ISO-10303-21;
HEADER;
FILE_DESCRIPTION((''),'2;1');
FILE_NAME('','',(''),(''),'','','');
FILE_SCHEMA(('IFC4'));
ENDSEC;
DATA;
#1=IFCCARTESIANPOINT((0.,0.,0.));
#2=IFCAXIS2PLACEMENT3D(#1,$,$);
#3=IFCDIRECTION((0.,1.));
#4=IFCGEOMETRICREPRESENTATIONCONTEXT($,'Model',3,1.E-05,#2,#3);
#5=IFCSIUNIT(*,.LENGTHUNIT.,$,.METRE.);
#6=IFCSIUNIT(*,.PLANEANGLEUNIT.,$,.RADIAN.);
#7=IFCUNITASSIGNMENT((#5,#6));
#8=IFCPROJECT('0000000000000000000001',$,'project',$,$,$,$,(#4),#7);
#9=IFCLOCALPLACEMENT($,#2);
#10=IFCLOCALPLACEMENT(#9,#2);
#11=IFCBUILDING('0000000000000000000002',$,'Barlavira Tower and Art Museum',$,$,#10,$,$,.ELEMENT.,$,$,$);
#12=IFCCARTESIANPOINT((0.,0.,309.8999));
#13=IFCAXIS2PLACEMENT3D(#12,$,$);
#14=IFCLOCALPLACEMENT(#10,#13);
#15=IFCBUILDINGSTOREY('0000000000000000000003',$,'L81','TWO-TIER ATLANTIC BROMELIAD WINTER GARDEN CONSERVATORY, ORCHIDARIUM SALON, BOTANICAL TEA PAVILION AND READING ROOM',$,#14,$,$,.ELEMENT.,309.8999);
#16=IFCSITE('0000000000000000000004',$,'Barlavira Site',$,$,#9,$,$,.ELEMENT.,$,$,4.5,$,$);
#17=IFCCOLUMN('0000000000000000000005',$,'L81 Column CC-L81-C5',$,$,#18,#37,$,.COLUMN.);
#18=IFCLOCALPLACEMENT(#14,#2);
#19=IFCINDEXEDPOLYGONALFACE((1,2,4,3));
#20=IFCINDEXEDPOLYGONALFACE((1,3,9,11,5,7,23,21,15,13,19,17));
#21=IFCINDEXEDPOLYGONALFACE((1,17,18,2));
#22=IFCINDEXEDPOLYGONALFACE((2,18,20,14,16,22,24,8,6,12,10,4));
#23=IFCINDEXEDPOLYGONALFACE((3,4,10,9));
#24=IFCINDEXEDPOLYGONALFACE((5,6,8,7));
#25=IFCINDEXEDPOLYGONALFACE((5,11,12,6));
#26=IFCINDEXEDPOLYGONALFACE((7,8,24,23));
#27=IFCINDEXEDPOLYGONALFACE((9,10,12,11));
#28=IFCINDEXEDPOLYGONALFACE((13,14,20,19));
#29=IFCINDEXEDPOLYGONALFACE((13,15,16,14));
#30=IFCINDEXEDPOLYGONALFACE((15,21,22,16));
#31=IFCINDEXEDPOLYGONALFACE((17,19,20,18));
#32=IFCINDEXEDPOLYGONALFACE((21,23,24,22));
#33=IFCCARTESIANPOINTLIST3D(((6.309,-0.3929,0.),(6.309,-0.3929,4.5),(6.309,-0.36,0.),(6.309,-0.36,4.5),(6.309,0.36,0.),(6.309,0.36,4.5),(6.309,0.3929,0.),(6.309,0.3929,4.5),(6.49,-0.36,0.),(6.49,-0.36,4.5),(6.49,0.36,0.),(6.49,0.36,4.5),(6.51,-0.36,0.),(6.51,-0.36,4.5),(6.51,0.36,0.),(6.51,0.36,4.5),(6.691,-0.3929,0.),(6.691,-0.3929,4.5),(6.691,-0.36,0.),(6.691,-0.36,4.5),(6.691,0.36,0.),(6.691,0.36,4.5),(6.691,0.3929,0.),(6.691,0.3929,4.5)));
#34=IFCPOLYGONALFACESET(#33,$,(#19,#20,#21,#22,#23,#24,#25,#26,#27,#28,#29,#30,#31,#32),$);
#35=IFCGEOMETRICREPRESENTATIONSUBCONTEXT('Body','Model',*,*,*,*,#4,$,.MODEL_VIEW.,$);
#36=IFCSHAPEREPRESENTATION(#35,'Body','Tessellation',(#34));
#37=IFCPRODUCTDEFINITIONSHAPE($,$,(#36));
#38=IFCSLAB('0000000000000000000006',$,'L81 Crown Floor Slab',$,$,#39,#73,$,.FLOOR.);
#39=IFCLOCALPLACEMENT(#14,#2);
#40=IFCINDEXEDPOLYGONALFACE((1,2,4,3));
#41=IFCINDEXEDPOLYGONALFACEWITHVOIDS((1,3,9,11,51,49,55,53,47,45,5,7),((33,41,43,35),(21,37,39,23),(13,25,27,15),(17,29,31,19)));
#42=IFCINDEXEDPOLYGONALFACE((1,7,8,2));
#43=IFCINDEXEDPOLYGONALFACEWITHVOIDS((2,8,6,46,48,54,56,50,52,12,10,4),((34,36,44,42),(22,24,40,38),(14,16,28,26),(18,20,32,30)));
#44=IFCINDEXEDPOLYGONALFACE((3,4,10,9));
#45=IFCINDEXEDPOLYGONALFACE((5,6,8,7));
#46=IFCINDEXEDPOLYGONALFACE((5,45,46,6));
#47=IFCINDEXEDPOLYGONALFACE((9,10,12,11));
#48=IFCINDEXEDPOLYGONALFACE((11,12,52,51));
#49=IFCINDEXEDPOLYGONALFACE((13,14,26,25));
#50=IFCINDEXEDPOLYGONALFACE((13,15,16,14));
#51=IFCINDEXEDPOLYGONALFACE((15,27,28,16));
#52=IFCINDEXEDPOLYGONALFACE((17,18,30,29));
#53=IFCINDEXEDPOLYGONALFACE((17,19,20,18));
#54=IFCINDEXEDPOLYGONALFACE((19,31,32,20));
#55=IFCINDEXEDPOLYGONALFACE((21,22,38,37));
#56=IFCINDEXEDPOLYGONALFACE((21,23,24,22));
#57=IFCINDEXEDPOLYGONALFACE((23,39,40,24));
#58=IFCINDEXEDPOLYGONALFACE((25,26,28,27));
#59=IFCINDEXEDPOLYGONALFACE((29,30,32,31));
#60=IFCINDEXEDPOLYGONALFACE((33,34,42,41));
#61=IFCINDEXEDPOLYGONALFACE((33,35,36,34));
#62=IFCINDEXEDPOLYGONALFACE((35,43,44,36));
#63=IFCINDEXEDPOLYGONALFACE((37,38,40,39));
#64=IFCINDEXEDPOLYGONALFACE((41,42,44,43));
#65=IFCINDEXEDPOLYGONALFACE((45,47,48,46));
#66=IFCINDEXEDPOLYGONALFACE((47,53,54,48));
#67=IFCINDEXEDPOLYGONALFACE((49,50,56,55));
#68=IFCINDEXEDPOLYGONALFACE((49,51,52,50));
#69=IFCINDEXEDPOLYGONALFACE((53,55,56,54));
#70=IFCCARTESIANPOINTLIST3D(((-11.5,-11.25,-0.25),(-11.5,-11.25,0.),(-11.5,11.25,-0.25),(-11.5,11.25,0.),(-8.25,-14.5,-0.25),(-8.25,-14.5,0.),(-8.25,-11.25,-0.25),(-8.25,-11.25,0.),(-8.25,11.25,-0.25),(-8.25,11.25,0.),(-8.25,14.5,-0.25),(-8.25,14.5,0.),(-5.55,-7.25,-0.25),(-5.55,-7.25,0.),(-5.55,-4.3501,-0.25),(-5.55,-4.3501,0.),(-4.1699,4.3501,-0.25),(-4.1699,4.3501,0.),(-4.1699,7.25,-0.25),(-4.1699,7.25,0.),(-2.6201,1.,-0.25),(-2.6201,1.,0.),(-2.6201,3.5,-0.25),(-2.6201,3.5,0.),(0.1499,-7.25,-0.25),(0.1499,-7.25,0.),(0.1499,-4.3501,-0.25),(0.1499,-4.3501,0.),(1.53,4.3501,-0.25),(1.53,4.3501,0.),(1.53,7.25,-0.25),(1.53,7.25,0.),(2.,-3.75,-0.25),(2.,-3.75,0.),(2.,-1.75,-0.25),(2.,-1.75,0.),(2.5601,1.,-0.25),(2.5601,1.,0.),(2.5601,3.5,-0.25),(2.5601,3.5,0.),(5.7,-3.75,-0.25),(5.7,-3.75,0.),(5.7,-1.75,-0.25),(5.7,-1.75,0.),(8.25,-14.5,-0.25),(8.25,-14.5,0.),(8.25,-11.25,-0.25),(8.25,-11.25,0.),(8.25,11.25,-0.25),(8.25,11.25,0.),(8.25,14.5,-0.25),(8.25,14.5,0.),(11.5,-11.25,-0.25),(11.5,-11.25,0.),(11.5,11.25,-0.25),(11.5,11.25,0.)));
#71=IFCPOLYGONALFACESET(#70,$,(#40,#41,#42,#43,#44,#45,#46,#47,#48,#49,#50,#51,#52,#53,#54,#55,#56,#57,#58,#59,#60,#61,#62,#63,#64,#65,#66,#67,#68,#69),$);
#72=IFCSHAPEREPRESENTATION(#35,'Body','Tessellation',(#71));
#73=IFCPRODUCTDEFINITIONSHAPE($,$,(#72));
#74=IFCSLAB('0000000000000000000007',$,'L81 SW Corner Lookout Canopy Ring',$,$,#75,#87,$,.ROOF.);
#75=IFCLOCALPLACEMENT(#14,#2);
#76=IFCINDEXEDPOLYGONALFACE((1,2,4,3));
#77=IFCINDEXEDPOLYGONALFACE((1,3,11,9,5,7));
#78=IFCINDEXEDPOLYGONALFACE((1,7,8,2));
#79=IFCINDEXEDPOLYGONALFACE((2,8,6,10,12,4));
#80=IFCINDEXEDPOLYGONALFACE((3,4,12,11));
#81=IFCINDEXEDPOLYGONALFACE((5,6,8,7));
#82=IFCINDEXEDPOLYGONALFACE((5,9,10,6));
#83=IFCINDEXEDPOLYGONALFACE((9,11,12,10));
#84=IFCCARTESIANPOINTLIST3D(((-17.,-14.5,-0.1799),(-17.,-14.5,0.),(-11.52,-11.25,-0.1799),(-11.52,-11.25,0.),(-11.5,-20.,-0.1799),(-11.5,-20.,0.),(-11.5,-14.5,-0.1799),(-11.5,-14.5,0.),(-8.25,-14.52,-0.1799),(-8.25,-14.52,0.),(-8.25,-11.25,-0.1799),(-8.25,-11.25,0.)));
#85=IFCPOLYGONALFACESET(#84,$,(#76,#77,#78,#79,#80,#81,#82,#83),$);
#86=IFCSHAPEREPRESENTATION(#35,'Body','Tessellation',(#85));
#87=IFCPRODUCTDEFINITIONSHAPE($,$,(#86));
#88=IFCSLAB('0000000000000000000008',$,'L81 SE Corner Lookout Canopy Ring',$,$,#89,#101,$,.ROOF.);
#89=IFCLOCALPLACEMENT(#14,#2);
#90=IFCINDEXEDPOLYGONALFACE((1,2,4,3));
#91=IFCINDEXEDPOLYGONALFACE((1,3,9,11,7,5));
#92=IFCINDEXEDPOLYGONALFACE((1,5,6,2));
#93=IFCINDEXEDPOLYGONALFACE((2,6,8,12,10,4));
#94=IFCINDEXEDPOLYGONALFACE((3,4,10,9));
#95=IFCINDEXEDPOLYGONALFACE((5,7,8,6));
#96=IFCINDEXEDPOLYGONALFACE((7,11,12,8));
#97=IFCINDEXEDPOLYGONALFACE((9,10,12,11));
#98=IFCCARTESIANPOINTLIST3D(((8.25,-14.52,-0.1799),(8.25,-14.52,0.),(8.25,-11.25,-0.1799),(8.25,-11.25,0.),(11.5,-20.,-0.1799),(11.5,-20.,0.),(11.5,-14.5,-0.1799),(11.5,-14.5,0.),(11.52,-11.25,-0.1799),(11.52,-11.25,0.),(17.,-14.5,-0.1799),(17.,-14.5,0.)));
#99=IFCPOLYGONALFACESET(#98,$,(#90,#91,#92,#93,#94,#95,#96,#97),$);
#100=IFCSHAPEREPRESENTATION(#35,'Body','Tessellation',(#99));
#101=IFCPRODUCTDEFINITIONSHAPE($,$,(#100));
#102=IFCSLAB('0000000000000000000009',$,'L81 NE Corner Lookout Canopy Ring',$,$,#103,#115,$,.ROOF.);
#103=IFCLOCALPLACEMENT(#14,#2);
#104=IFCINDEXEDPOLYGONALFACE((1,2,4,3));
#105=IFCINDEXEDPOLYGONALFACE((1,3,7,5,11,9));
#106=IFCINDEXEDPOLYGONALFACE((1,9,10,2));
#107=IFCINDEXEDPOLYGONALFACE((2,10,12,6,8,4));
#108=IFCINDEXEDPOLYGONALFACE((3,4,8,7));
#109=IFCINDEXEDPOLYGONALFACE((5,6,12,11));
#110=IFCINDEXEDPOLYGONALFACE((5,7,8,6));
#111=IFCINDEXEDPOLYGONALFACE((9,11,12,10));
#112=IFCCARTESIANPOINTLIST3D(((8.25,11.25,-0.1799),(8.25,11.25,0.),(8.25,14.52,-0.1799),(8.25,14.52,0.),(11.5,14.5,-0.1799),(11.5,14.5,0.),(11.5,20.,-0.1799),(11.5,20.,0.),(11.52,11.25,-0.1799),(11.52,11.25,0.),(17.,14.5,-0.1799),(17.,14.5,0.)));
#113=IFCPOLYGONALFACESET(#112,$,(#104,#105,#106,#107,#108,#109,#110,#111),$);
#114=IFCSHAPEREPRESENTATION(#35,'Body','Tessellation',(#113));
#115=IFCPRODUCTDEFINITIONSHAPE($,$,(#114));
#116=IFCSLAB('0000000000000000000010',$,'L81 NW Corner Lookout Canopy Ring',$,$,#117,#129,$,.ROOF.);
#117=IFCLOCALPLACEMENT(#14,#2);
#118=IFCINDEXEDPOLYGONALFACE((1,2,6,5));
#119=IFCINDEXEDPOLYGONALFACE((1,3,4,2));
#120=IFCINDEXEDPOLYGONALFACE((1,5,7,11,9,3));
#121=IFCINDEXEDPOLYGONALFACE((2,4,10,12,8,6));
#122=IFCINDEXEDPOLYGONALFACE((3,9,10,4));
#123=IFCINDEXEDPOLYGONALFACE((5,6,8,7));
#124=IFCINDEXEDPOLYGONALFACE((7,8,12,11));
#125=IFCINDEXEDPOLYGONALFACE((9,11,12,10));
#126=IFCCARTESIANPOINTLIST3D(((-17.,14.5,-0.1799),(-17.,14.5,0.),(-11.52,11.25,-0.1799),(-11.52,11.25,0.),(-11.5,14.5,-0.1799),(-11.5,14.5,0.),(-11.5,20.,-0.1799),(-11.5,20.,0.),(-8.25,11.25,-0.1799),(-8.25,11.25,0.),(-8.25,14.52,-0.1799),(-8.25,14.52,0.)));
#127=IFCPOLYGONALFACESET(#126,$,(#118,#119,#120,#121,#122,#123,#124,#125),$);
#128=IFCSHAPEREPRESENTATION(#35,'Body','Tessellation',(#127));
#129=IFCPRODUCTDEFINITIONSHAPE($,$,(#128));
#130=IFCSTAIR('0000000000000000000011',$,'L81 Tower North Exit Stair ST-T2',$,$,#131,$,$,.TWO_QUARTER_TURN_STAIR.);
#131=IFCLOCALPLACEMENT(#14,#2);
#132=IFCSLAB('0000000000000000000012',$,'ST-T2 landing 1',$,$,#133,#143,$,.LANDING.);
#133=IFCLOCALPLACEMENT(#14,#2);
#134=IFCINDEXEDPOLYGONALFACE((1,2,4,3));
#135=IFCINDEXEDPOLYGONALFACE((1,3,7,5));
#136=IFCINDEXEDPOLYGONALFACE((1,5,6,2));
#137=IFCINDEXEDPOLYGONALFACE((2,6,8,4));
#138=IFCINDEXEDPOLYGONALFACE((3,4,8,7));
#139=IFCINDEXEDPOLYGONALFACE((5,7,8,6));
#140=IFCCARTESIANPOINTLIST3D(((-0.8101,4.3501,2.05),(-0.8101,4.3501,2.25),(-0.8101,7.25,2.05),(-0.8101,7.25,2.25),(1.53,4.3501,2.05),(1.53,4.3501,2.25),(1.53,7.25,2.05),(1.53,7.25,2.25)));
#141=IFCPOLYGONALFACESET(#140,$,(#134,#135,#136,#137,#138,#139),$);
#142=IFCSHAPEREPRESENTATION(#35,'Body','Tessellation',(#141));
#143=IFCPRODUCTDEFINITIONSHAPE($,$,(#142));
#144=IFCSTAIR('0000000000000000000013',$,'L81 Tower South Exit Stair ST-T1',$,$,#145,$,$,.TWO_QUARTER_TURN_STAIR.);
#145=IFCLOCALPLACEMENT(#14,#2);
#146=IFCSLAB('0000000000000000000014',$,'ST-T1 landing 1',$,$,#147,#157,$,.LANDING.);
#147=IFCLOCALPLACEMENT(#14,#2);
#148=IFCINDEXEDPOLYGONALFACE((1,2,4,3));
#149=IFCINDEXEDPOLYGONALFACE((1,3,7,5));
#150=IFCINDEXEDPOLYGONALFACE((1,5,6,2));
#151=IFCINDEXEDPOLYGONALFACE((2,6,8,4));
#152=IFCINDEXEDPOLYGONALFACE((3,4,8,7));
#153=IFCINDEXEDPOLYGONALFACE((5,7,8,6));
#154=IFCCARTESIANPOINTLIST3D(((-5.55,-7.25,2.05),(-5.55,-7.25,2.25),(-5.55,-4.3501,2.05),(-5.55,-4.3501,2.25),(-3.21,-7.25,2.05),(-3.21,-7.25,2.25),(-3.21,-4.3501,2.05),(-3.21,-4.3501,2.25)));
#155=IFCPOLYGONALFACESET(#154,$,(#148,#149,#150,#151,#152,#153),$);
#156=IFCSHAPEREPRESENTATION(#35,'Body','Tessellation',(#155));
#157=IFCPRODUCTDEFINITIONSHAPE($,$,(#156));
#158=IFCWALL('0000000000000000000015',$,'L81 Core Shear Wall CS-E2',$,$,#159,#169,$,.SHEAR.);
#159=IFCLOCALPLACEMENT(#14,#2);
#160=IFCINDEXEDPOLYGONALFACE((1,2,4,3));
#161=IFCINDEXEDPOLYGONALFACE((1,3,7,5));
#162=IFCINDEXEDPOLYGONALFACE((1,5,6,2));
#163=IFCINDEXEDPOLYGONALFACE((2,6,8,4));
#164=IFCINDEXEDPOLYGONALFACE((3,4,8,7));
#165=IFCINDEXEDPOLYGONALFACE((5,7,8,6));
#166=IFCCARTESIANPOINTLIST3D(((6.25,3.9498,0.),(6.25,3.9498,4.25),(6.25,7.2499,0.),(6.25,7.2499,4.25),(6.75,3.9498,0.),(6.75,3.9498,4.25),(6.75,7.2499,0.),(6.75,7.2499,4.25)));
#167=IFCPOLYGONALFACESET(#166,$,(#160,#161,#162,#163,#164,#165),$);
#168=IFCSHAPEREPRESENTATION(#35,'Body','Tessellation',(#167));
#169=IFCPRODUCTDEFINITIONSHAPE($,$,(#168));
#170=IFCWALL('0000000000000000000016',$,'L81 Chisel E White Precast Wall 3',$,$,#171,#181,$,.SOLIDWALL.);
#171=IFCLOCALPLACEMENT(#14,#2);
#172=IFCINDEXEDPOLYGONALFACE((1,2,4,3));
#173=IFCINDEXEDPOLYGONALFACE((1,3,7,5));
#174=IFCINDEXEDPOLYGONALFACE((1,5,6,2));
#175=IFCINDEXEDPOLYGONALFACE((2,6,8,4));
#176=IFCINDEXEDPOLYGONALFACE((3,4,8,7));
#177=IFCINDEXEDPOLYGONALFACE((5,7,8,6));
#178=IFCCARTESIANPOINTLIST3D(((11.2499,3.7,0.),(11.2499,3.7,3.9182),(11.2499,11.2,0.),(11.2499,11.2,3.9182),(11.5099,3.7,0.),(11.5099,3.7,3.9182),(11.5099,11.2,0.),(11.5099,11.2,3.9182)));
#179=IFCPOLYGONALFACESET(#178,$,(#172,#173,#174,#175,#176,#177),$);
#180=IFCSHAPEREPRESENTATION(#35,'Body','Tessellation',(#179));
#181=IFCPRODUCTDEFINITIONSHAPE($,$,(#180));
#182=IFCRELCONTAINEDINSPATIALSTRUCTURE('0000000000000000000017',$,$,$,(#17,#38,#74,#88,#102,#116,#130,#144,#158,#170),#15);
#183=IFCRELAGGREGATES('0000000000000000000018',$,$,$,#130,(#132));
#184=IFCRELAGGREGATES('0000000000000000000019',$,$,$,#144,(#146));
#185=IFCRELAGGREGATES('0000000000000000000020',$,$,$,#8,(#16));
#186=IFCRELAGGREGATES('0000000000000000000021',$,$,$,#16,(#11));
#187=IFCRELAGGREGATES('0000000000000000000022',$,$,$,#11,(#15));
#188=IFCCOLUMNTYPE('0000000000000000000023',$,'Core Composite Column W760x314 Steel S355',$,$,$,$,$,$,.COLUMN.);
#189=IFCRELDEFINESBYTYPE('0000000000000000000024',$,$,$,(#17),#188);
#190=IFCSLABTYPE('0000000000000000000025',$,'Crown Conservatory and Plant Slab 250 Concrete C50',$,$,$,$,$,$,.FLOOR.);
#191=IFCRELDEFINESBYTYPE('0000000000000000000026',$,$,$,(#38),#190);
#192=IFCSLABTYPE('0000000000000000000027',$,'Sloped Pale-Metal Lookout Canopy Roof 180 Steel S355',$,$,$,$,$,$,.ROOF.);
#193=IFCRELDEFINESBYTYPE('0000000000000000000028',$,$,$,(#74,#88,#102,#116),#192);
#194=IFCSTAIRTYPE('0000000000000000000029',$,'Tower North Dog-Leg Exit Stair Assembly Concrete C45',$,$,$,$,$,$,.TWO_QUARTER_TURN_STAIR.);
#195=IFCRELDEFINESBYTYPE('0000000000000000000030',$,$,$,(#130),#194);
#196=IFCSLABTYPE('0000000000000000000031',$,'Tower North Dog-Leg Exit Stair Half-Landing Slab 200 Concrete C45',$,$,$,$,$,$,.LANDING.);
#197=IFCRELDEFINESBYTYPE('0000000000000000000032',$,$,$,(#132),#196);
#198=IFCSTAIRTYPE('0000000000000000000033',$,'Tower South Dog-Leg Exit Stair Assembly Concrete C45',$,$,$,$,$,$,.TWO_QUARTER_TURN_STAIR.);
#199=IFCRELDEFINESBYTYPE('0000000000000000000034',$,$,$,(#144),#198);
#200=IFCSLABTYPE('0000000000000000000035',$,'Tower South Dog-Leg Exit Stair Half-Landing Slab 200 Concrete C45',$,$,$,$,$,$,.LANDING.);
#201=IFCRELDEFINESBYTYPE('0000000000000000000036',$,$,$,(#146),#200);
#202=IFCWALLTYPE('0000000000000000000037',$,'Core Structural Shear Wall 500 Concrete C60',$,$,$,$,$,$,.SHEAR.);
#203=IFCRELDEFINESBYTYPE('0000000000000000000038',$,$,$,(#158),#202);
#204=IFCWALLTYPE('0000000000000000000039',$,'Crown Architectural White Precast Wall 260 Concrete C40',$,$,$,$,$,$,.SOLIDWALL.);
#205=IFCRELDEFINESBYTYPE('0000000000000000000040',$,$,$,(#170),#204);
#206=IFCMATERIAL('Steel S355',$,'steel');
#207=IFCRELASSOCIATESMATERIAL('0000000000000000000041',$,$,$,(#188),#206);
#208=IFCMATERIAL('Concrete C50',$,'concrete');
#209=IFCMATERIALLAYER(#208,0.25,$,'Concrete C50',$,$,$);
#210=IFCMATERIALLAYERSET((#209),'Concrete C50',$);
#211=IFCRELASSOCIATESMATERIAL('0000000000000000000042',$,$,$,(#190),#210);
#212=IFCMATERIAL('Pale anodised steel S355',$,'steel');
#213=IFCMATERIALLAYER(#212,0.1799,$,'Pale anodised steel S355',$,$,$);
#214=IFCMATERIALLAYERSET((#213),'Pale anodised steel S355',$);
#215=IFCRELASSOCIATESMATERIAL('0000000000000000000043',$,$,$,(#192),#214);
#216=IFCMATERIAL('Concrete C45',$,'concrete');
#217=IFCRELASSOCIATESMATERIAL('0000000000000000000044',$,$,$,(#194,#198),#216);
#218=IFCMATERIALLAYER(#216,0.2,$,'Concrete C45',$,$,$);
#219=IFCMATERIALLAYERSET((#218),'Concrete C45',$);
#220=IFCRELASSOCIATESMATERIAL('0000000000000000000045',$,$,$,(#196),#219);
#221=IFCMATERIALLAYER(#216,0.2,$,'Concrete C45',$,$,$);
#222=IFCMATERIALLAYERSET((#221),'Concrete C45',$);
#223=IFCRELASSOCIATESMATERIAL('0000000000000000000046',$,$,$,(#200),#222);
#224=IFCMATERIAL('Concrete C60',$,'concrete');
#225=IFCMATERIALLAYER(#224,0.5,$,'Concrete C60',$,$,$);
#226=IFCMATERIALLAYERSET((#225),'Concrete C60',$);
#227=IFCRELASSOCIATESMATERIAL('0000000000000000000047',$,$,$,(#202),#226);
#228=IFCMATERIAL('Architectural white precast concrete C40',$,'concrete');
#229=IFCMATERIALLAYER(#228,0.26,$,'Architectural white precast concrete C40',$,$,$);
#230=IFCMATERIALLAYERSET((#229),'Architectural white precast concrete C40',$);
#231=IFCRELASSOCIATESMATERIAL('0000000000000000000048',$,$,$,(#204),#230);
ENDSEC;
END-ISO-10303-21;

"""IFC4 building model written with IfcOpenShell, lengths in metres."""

from ifc_helpers import new_model, si_unit, direction, frame, frame_2d, origin, origin_2d, place, context, subcontext, project, spatial, polyline, rectangle, i_section, outline, extrude, material, layer, layer_set, material_profile, profile_set, type_object, element, aggregate, save


model = new_model("IFC4")

# Units and contexts
model_context = context("Model", 3, precision=1e-05, world=origin(), true_north=direction((0.0, 1.0)))
body_context = subcontext(model_context, "Body", "Model", "MODEL_VIEW")
ifc_project = project(units=[si_unit("LENGTHUNIT", "METRE"), si_unit("PLANEANGLEUNIT", "RADIAN")], contexts=[model_context])

# Site, building, storey
site_placement = place(None, origin())
site = spatial("IfcSite", under=ifc_project, at=site_placement, Name="Barlavira Site", CompositionType="ELEMENT", RefElevation=4.5)
building_placement = place(site_placement, origin())
building = spatial("IfcBuilding", under=site, at=building_placement, Name="Barlavira Tower and Art Museum", CompositionType="ELEMENT")
storey_placement = place(building_placement, frame((0.0, 0.0, 309.8999)))
storey = spatial("IfcBuildingStorey", under=building, at=storey_placement, Name="L81", Description="TWO-TIER ATLANTIC BROMELIAD WINTER GARDEN CONSERVATORY, ORCHIDARIUM SALON, BOTANICAL TEA PAVILION AND READING ROOM", CompositionType="ELEMENT", Elevation=309.8999)

# Column
ifc_material_1 = material(Name="Steel S355", Category="steel")
ifc_material_profile = material_profile(ifc_material_1, i_section(OverallWidth=0.3821, OverallDepth=0.7859, WebThickness=0.02, FlangeThickness=0.033, at=origin_2d()), Name="W760x314.0")
ifc_profile_set = profile_set([ifc_material_profile], Name="Steel S355")
column_type = type_object("IfcColumnType", Name="Core Composite Column W760x314 Steel S355", PredefinedType="COLUMN", material=ifc_profile_set)
column_placement = place(storey_placement, frame((6.5, 0.0, 0.0), z_axis=(0.0, 0.0, 1.0), x_axis=(1.0, 0.0, 0.0)))
element("IfcColumn", 1, at=column_placement, inside=storey, type_object=column_type, Name="L81 Column CC-L81-C5", PredefinedType="COLUMN", context=body_context, shape_type="SweptSolid", body=[
    extrude(i_section(OverallWidth=0.3821, OverallDepth=0.7859, WebThickness=0.02, FlangeThickness=0.033, at=origin_2d()), origin(), (0.0, 0.0, 1.0), 4.5),
])

# Slabs
ifc_material_2 = material(Name="Concrete C50", Category="concrete")
ifc_layer_1 = layer(ifc_material_2, 0.25, Name="Concrete C50")
ifc_layer_set_1 = layer_set([ifc_layer_1], Name="Concrete C50")
slab_type_1 = type_object("IfcSlabType", Name="Crown Conservatory and Plant Slab 250 Concrete C50", PredefinedType="FLOOR", material=ifc_layer_set_1)
slab_1_placement = place(storey_placement, frame((0.0, 0.0, -0.25)))
element("IfcSlab", 2, at=slab_1_placement, inside=storey, type_object=slab_type_1, Name="L81 Crown Floor Slab", PredefinedType="FLOOR", context=body_context, shape_type="SweptSolid", body=[
    extrude(outline(polyline([(-8.25, -14.5), (8.25, -14.5), (8.25, -11.25), (11.5, -11.25), (11.5, 11.25), (8.25, 11.25), (8.25, 14.5), (-8.25, 14.5), (-8.25, 11.25), (-11.5, 11.25), (-11.5, -11.25), (-8.25, -11.25), (-8.25, -14.5)]), holes=[polyline([(0.1499, -4.3501), (-5.55, -4.3501), (-5.55, -7.25), (0.1499, -7.25), (0.1499, -4.3501)]), polyline([(-4.1699, 4.3501), (1.53, 4.3501), (1.53, 7.25), (-4.1699, 7.25), (-4.1699, 4.3501)]), polyline([(-2.6201, 1.0), (2.5601, 1.0), (2.5601, 3.5), (-2.6201, 3.5), (-2.6201, 1.0)]), polyline([(2.0, -3.75), (5.7, -3.75), (5.7, -1.75), (2.0, -1.75), (2.0, -3.75)])]), origin(), (0.0, 0.0, 1.0), 0.25),
])
ifc_material_3 = material(Name="Pale anodised steel S355", Category="steel")
ifc_layer_2 = layer(ifc_material_3, 0.1799, Name="Pale anodised steel S355")
ifc_layer_set_2 = layer_set([ifc_layer_2], Name="Pale anodised steel S355")
slab_type_2 = type_object("IfcSlabType", Name="Sloped Pale-Metal Lookout Canopy Roof 180 Steel S355", PredefinedType="ROOF", material=ifc_layer_set_2)
slab_2_placement = place(storey_placement, frame((0.0, 0.0, -0.1799)))
element("IfcSlab", 3, at=slab_2_placement, inside=storey, type_object=slab_type_2, Name="L81 SW Corner Lookout Canopy Ring", PredefinedType="ROOF", context=body_context, shape_type="SweptSolid", body=[
    extrude(outline(polyline([(-17.0, -14.5), (-11.5, -14.5), (-11.5, -20.0), (-8.25, -14.52), (-8.25, -11.25), (-11.52, -11.25), (-17.0, -14.5)])), origin(), (0.0, 0.0, 1.0), 0.1799),
])
slab_3_placement = place(storey_placement, frame((0.0, 0.0, -0.1799)))
element("IfcSlab", 4, at=slab_3_placement, inside=storey, type_object=slab_type_2, Name="L81 SE Corner Lookout Canopy Ring", PredefinedType="ROOF", context=body_context, shape_type="SweptSolid", body=[
    extrude(outline(polyline([(11.5, -20.0), (11.5, -14.5), (17.0, -14.5), (11.52, -11.25), (8.25, -11.25), (8.25, -14.52), (11.5, -20.0)])), origin(), (0.0, 0.0, 1.0), 0.1799),
])
slab_4_placement = place(storey_placement, frame((0.0, 0.0, -0.1799)))
element("IfcSlab", 5, at=slab_4_placement, inside=storey, type_object=slab_type_2, Name="L81 NE Corner Lookout Canopy Ring", PredefinedType="ROOF", context=body_context, shape_type="SweptSolid", body=[
    extrude(outline(polyline([(11.52, 11.25), (17.0, 14.5), (11.5, 14.5), (11.5, 20.0), (8.25, 14.52), (8.25, 11.25), (11.52, 11.25)])), origin(), (0.0, 0.0, 1.0), 0.1799),
])
slab_5_placement = place(storey_placement, frame((0.0, 0.0, -0.1799)))
element("IfcSlab", 6, at=slab_5_placement, inside=storey, type_object=slab_type_2, Name="L81 NW Corner Lookout Canopy Ring", PredefinedType="ROOF", context=body_context, shape_type="SweptSolid", body=[
    extrude(outline(polyline([(-17.0, 14.5), (-11.52, 11.25), (-8.25, 11.25), (-8.25, 14.52), (-11.5, 20.0), (-11.5, 14.5), (-17.0, 14.5)])), origin(), (0.0, 0.0, 1.0), 0.1799),
])

# Stairs, slabs
ifc_material_4 = material(Name="Concrete C45", Category="concrete")
stair_type_1 = type_object("IfcStairType", Name="Tower North Dog-Leg Exit Stair Assembly Concrete C45", PredefinedType="TWO_QUARTER_TURN_STAIR", material=ifc_material_4)
stair_1_placement = place(storey_placement, origin())
stair_1 = element("IfcStair", 7, at=stair_1_placement, inside=storey, type_object=stair_type_1, Name="L81 Tower North Exit Stair ST-T2", PredefinedType="TWO_QUARTER_TURN_STAIR")
ifc_layer_3 = layer(ifc_material_4, 0.2, Name="Concrete C45")
ifc_layer_set_3 = layer_set([ifc_layer_3], Name="Concrete C45")
slab_type_3 = type_object("IfcSlabType", Name="Tower North Dog-Leg Exit Stair Half-Landing Slab 200 Concrete C45", PredefinedType="LANDING", material=ifc_layer_set_3)
slab_6_placement = place(storey_placement, frame((0.0, 0.0, 2.05)))
slab_6 = element("IfcSlab", 8, at=slab_6_placement, type_object=slab_type_3, Name="ST-T2 landing 1", PredefinedType="LANDING", context=body_context, shape_type="SweptSolid", body=[
    extrude(outline(polyline([(-0.8101, 4.3501), (1.53, 4.3501), (1.53, 7.25), (-0.8101, 7.25), (-0.8101, 4.3501)])), origin(), (0.0, 0.0, 1.0), 0.2),
])
aggregate(stair_1, [slab_6])
stair_type_2 = type_object("IfcStairType", Name="Tower South Dog-Leg Exit Stair Assembly Concrete C45", PredefinedType="TWO_QUARTER_TURN_STAIR", material=ifc_material_4)
stair_2_placement = place(storey_placement, origin())
stair_2 = element("IfcStair", 9, at=stair_2_placement, inside=storey, type_object=stair_type_2, Name="L81 Tower South Exit Stair ST-T1", PredefinedType="TWO_QUARTER_TURN_STAIR")
ifc_layer_4 = layer(ifc_material_4, 0.2, Name="Concrete C45")
ifc_layer_set_4 = layer_set([ifc_layer_4], Name="Concrete C45")
slab_type_4 = type_object("IfcSlabType", Name="Tower South Dog-Leg Exit Stair Half-Landing Slab 200 Concrete C45", PredefinedType="LANDING", material=ifc_layer_set_4)
slab_7_placement = place(storey_placement, frame((0.0, 0.0, 2.05)))
slab_7 = element("IfcSlab", 10, at=slab_7_placement, type_object=slab_type_4, Name="ST-T1 landing 1", PredefinedType="LANDING", context=body_context, shape_type="SweptSolid", body=[
    extrude(outline(polyline([(-3.21, -4.3501), (-5.55, -4.3501), (-5.55, -7.25), (-3.21, -7.25), (-3.21, -4.3501)])), origin(), (0.0, 0.0, 1.0), 0.2),
])
aggregate(stair_2, [slab_7])

# Walls
ifc_material_5 = material(Name="Concrete C60", Category="concrete")
ifc_layer_5 = layer(ifc_material_5, 0.5, Name="Concrete C60")
ifc_layer_set_5 = layer_set([ifc_layer_5], Name="Concrete C60")
wall_type_1 = type_object("IfcWallType", Name="Core Structural Shear Wall 500 Concrete C60", PredefinedType="SHEAR", material=ifc_layer_set_5)
wall_1_placement = place(storey_placement, frame((6.5, 3.95, 0.0), z_axis=(0.0, 0.0, 1.0), x_axis=(0.0, 1.0, 0.0)))
element("IfcWall", 11, at=wall_1_placement, inside=storey, type_object=wall_type_1, Name="L81 Core Shear Wall CS-E2", PredefinedType="SHEAR", context=body_context, shape_type="SweptSolid", body=[
    extrude(rectangle(XDim=3.3, YDim=0.5, at=frame_2d((1.6499, 0.0))), origin(), (0.0, 0.0, 1.0), 4.25),
])
ifc_material_6 = material(Name="Architectural white precast concrete C40", Category="concrete")
ifc_layer_6 = layer(ifc_material_6, 0.26, Name="Architectural white precast concrete C40")
ifc_layer_set_6 = layer_set([ifc_layer_6], Name="Architectural white precast concrete C40")
wall_type_2 = type_object("IfcWallType", Name="Crown Architectural White Precast Wall 260 Concrete C40", PredefinedType="SOLIDWALL", material=ifc_layer_set_6)
wall_2_placement = place(storey_placement, frame((11.3799, 3.7, 0.0), z_axis=(0.0, 0.0, 1.0), x_axis=(0.0, 1.0, 0.0)))
element("IfcWall", 12, at=wall_2_placement, inside=storey, type_object=wall_type_2, Name="L81 Chisel E White Precast Wall 3", PredefinedType="SOLIDWALL", context=body_context, shape_type="SweptSolid", body=[
    extrude(rectangle(XDim=7.5, YDim=0.26, at=frame_2d((3.75, 0.0))), origin(), (0.0, 0.0, 1.0), 3.9182),
])

save(model, "model.ifc")
